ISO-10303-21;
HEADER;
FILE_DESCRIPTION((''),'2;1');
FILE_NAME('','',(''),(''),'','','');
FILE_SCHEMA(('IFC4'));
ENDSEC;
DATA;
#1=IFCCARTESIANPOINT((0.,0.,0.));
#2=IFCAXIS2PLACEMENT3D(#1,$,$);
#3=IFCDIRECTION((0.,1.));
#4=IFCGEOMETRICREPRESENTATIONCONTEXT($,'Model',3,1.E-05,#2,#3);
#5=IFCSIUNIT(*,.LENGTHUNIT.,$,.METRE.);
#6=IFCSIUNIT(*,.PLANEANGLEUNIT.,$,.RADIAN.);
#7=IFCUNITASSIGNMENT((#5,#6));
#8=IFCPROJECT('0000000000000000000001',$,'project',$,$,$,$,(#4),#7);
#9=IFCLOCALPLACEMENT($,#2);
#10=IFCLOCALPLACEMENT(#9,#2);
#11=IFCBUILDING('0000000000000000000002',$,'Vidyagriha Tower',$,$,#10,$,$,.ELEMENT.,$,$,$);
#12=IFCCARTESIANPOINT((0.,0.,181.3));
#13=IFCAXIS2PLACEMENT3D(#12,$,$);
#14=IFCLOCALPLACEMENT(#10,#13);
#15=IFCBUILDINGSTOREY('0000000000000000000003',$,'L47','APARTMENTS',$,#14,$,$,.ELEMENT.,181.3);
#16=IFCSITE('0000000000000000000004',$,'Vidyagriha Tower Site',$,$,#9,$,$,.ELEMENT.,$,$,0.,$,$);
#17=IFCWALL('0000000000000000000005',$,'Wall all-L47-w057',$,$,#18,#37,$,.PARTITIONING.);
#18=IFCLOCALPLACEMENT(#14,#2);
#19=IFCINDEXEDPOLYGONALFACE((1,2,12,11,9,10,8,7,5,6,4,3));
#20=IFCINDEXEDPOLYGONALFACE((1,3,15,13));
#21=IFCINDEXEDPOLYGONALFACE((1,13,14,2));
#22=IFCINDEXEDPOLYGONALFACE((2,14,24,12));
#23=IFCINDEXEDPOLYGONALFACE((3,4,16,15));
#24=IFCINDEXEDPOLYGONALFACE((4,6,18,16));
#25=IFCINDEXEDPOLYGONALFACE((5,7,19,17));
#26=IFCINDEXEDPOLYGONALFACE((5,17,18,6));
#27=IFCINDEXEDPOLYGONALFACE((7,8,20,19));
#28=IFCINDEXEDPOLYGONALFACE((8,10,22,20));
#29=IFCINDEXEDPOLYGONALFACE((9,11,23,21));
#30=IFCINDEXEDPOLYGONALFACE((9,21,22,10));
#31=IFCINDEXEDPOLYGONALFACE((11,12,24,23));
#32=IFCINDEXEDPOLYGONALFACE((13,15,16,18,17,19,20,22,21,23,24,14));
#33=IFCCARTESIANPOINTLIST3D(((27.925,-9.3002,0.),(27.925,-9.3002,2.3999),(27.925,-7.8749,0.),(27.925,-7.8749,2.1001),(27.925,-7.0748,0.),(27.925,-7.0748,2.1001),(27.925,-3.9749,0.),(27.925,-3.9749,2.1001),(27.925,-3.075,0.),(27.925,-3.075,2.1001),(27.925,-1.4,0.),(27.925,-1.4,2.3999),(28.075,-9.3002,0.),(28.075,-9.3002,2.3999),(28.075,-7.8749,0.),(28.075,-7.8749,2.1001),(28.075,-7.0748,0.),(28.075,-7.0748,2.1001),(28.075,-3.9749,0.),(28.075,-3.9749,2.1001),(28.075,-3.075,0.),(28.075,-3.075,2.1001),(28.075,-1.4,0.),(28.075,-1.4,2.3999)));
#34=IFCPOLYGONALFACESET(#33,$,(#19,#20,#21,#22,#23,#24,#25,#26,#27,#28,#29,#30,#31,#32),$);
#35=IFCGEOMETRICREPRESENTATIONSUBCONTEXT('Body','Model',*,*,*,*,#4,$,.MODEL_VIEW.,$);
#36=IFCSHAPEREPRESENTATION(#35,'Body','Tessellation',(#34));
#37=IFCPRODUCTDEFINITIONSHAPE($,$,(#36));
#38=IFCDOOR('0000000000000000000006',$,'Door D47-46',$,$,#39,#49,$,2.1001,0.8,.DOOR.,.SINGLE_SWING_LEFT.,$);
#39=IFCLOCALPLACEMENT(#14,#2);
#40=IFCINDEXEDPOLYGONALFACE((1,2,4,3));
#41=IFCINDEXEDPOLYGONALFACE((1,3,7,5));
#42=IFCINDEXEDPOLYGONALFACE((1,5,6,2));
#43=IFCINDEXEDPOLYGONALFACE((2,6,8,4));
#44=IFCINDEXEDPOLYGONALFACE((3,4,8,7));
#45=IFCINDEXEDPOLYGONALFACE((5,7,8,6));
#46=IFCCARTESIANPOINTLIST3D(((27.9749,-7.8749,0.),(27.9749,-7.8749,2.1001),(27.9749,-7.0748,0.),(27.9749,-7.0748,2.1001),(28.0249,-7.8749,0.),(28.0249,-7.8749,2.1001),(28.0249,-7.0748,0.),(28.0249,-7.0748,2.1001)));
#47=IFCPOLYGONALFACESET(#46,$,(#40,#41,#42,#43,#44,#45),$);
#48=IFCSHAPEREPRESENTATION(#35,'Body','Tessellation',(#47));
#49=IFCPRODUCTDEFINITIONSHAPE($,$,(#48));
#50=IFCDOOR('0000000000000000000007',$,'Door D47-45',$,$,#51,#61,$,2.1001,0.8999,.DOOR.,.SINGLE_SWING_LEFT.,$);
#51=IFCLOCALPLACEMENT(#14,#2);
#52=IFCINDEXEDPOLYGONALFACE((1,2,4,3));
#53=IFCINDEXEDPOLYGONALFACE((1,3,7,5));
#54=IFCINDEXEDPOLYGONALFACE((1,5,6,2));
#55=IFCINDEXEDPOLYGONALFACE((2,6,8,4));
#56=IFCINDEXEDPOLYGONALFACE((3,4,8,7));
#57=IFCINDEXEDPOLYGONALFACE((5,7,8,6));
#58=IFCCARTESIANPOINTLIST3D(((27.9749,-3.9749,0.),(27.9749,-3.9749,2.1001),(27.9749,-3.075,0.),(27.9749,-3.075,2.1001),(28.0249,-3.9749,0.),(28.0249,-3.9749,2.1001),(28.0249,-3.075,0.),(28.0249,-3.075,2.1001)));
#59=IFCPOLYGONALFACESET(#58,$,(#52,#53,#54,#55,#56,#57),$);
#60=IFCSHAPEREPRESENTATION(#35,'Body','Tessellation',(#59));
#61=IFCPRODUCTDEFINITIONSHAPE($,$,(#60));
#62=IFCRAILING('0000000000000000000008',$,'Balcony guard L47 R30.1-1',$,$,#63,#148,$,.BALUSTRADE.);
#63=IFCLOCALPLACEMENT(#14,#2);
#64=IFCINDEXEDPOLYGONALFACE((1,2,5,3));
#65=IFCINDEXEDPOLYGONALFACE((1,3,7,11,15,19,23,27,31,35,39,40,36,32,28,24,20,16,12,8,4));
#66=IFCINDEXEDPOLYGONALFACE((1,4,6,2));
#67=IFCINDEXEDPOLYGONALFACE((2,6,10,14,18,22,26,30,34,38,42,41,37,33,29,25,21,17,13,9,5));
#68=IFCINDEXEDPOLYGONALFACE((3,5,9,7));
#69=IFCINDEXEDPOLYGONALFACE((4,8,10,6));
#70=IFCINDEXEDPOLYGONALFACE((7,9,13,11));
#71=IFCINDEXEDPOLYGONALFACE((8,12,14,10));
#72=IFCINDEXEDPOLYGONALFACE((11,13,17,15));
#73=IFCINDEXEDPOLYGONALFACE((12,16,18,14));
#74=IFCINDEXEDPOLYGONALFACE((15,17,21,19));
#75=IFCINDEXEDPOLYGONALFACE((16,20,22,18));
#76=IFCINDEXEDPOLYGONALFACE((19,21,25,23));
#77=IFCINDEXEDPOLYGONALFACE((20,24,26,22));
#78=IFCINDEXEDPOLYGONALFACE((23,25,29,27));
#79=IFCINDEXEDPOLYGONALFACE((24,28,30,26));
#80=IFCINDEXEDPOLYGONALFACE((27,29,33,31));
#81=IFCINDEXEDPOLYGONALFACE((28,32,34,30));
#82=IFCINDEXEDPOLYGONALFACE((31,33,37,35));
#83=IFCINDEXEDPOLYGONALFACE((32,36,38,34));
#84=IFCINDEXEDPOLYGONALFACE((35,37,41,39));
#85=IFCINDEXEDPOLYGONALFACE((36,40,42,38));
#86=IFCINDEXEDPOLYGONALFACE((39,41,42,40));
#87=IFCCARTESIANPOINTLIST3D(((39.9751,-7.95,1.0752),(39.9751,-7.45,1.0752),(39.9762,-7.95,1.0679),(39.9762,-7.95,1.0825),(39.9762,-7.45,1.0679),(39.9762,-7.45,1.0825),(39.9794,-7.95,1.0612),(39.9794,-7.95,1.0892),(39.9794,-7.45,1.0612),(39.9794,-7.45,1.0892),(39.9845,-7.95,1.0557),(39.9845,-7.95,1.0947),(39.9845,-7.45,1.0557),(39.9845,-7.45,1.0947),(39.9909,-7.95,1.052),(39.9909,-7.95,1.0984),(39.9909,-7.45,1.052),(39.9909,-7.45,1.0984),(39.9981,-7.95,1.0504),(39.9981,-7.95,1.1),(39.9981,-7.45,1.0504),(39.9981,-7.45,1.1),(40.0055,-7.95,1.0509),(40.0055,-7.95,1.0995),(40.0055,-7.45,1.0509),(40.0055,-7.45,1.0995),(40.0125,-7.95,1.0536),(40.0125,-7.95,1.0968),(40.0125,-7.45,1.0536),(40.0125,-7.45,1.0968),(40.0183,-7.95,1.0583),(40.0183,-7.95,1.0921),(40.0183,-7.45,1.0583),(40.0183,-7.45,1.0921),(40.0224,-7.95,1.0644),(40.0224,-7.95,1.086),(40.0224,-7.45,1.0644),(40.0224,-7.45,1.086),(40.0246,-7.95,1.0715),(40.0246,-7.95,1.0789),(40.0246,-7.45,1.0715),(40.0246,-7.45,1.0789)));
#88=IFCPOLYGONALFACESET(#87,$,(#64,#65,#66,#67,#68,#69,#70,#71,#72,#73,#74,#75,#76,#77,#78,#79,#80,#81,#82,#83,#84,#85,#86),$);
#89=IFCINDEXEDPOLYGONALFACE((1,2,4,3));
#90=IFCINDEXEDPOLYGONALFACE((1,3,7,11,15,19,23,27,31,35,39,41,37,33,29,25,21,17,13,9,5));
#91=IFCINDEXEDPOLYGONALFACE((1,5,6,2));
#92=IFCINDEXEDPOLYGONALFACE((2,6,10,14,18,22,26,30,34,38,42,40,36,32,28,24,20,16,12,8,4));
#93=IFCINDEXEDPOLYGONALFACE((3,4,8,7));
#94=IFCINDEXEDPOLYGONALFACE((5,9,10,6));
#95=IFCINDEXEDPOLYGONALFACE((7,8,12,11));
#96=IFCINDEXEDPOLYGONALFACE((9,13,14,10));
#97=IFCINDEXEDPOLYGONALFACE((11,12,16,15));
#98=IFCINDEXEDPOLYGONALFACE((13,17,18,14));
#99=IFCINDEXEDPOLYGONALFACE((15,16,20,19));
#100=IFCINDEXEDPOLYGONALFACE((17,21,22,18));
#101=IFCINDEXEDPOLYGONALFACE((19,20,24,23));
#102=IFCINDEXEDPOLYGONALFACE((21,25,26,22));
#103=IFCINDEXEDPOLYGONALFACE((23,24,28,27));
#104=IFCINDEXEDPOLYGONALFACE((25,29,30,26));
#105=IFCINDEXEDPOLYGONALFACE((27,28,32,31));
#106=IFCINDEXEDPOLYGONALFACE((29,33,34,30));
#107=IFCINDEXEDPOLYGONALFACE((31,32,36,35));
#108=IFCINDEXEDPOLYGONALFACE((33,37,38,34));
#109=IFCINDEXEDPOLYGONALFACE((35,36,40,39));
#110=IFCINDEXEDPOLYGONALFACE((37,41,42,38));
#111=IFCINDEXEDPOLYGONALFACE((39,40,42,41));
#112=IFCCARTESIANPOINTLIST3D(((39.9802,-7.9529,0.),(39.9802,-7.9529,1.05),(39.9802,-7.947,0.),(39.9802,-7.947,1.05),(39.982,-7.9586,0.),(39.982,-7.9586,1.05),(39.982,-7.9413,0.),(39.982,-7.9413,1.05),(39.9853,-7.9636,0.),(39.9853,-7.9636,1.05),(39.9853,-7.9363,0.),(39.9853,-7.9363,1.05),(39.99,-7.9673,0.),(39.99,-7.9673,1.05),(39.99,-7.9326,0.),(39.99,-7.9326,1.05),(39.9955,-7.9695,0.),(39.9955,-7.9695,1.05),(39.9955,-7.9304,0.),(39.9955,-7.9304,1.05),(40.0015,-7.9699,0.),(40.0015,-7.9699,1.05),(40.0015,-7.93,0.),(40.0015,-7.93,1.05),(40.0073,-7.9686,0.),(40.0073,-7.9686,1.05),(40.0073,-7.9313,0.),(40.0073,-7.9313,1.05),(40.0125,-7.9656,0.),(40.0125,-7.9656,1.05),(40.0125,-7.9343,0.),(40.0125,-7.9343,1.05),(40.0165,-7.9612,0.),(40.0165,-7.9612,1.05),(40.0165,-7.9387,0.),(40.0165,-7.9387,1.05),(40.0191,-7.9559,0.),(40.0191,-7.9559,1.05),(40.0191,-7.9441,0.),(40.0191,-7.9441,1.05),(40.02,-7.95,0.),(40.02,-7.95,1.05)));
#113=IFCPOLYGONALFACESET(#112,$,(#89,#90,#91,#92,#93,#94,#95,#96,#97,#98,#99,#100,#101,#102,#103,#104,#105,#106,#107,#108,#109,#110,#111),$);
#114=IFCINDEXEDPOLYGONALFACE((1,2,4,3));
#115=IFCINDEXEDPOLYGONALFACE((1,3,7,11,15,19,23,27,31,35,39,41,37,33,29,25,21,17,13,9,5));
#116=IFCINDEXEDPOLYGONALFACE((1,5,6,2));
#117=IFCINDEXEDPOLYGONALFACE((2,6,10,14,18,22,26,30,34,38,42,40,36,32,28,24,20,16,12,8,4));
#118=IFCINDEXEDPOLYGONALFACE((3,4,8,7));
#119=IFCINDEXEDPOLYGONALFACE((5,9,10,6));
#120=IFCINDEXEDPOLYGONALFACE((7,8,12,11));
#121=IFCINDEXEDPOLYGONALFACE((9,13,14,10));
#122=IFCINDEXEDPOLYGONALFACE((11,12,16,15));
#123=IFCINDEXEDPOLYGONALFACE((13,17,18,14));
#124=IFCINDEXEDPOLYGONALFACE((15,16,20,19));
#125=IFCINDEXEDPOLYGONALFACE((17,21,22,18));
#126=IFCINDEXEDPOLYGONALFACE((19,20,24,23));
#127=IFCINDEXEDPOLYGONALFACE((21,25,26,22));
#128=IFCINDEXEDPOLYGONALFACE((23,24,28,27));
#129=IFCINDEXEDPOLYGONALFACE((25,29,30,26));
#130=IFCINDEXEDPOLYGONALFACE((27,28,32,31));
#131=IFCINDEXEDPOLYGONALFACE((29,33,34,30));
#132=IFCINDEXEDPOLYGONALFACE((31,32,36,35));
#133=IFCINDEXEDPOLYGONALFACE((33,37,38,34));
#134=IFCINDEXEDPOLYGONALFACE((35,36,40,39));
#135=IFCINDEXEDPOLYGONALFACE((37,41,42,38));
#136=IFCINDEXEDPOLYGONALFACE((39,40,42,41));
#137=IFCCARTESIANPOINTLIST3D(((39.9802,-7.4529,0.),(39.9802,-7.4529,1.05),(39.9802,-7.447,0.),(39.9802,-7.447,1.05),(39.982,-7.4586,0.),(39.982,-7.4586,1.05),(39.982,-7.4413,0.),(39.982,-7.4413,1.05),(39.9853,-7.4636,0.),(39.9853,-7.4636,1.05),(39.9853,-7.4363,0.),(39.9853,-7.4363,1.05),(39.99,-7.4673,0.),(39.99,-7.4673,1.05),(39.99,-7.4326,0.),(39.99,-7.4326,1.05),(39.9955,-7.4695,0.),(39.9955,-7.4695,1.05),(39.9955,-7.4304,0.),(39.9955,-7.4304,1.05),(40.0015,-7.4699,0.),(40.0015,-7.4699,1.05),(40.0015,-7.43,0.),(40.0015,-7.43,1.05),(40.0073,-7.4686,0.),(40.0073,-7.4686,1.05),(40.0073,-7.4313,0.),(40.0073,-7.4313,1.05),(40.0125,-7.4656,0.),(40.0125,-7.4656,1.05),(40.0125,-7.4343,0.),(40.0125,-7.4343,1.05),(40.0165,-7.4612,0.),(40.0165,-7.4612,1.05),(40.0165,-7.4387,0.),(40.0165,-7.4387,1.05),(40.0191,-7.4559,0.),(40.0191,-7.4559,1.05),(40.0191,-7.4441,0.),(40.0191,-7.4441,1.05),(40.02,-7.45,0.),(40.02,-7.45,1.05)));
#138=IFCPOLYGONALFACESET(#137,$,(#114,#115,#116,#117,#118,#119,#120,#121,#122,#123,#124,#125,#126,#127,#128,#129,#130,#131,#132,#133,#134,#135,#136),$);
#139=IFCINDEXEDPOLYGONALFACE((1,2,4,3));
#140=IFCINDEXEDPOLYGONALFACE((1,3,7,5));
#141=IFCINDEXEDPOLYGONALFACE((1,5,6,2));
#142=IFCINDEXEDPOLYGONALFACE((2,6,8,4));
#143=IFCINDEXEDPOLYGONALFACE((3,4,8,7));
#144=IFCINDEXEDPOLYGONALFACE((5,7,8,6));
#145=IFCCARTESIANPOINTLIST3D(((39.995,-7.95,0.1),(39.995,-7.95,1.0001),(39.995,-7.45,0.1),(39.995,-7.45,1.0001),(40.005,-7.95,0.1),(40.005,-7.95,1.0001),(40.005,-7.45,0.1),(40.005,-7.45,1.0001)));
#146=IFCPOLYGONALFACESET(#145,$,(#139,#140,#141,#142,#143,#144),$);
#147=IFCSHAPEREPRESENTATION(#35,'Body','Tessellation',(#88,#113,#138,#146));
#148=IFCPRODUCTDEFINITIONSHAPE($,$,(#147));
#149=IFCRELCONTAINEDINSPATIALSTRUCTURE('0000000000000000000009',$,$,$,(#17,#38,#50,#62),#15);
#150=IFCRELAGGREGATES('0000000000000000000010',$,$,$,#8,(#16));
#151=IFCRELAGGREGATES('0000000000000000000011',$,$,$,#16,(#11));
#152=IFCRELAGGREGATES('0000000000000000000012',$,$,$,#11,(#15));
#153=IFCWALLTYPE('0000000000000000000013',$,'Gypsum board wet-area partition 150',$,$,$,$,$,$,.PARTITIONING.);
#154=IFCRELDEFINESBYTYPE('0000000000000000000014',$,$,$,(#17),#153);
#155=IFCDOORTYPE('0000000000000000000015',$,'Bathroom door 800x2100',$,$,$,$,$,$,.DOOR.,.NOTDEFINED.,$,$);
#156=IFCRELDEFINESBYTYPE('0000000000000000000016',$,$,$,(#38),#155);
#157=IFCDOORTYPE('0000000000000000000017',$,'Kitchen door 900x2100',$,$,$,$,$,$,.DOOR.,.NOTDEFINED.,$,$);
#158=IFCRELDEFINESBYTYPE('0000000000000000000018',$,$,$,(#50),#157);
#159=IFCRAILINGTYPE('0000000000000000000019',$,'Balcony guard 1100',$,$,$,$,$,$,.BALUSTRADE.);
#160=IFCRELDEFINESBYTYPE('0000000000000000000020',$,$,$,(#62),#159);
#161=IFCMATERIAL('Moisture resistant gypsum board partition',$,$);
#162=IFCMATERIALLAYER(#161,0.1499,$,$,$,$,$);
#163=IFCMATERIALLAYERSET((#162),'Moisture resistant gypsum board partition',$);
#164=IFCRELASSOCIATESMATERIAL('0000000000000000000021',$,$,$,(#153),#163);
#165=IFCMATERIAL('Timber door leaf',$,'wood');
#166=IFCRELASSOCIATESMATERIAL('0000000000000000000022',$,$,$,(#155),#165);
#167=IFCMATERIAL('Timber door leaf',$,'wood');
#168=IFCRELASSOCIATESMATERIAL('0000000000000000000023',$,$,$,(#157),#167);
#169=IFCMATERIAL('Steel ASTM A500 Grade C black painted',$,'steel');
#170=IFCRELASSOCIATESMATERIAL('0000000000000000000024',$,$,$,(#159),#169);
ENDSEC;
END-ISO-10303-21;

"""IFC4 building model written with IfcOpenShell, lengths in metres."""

from ifc_helpers import new_model, si_unit, direction, frame, frame_2d, origin, origin_2d, place, context, subcontext, project, spatial, rectangle, circle, extrude, material, layer, layer_set, type_object, element, fill, save


model = new_model("IFC4")

# Units and contexts
model_context = context("Model", 3, precision=1e-05, world=origin(), true_north=direction((0.0, 1.0)))
body_context = subcontext(model_context, "Body", "Model", "MODEL_VIEW")
ifc_project = project(units=[si_unit("LENGTHUNIT", "METRE"), si_unit("PLANEANGLEUNIT", "RADIAN")], contexts=[model_context])

# Site, building, storey
site_placement = place(None, origin())
site = spatial("IfcSite", under=ifc_project, at=site_placement, Name="Vidyagriha Tower Site", CompositionType="ELEMENT", RefElevation=0.0)
building_placement = place(site_placement, origin())
building = spatial("IfcBuilding", under=site, at=building_placement, Name="Vidyagriha Tower", CompositionType="ELEMENT")
storey_placement = place(building_placement, frame((0.0, 0.0, 181.3)))
storey = spatial("IfcBuildingStorey", under=building, at=storey_placement, Name="L47", Description="APARTMENTS", CompositionType="ELEMENT", Elevation=181.3)

# Wall, openings, doors
ifc_material_1 = material(Name="Moisture resistant gypsum board partition")
ifc_layer_1 = layer(ifc_material_1, 0.1499)
ifc_layer_set_1 = layer_set([ifc_layer_1], Name="Moisture resistant gypsum board partition")
wall_type_1 = type_object("IfcWallType", Name="Gypsum board wet-area partition 150", PredefinedType="PARTITIONING", material=ifc_layer_set_1)
wall_1_placement = place(storey_placement, frame((28.0, -1.3999, 0.0), z_axis=(0.0, 0.0, 1.0), x_axis=(0.0, -1.0, 0.0)))
wall_1 = element("IfcWall", 1, at=wall_1_placement, inside=storey, type_object=wall_type_1, Name="Wall all-L47-w057", PredefinedType="PARTITIONING", context=body_context, shape_type="SweptSolid", body=[
    extrude(rectangle(XDim=7.9001, YDim=0.1499, at=frame_2d((3.9502, 0.0))), origin(), (0.0, 0.0, 1.0), 2.3999),
])
opening_1_placement = place(wall_1_placement, frame((1.675, 0.0, 0.0)))
opening_1 = element("IfcOpeningElement", 2, at=opening_1_placement, cuts=wall_1, PredefinedType="OPENING", context=body_context, shape_type="SweptSolid", body=[
    extrude(rectangle(XDim=0.8999, YDim=2.1001, at=frame_2d((0.45, 1.05))), frame((0.0, 0.085, 0.0), z_axis=(0.0, -1.0, 0.0), x_axis=(1.0, 0.0, 0.0)), (0.0, 0.0, 1.0), 0.1699),
])
opening_2_placement = place(wall_1_placement, frame((5.675, 0.0, 0.0)))
opening_2 = element("IfcOpeningElement", 3, at=opening_2_placement, cuts=wall_1, PredefinedType="OPENING", context=body_context, shape_type="SweptSolid", body=[
    extrude(rectangle(XDim=0.8, YDim=2.1001, at=frame_2d((0.3999, 1.05))), frame((0.0, 0.085, 0.0), z_axis=(0.0, -1.0, 0.0), x_axis=(1.0, 0.0, 0.0)), (0.0, 0.0, 1.0), 0.1699),
])
ifc_material_2 = material(Name="Timber door leaf", Category="wood")
door_type_1 = type_object("IfcDoorType", Name="Bathroom door 800x2100", OperationType="NOTDEFINED", PredefinedType="DOOR", material=ifc_material_2)
door_1_placement = place(opening_2_placement, origin())
door_1 = element("IfcDoor", 4, at=door_1_placement, inside=storey, type_object=door_type_1, Name="Door D47-46", OperationType="SINGLE_SWING_LEFT", OverallHeight=2.1001, OverallWidth=0.8, PredefinedType="DOOR", context=body_context, shape_type="SweptSolid", body=[
    extrude(rectangle(XDim=0.8, YDim=2.1001, at=frame_2d((0.3999, 1.05))), frame((0.0, 0.0249, 0.0), z_axis=(0.0, -1.0, 0.0), x_axis=(1.0, 0.0, 0.0)), (0.0, 0.0, 1.0), 0.05),
])
fill(opening_2, door_1)
ifc_material_3 = material(Name="Timber door leaf", Category="wood")
door_type_2 = type_object("IfcDoorType", Name="Kitchen door 900x2100", OperationType="NOTDEFINED", PredefinedType="DOOR", material=ifc_material_3)
door_2_placement = place(opening_1_placement, origin())
door_2 = element("IfcDoor", 5, at=door_2_placement, inside=storey, type_object=door_type_2, Name="Door D47-45", OperationType="SINGLE_SWING_LEFT", OverallHeight=2.1001, OverallWidth=0.8999, PredefinedType="DOOR", context=body_context, shape_type="SweptSolid", body=[
    extrude(rectangle(XDim=0.8999, YDim=2.1001, at=frame_2d((0.45, 1.05))), frame((0.0, 0.0249, 0.0), z_axis=(0.0, -1.0, 0.0), x_axis=(1.0, 0.0, 0.0)), (0.0, 0.0, 1.0), 0.05),
])
fill(opening_1, door_2)

# Railing
ifc_material_4 = material(Name="Steel ASTM A500 Grade C black painted", Category="steel")
railing_type = type_object("IfcRailingType", Name="Balcony guard 1100", PredefinedType="BALUSTRADE", material=ifc_material_4)
railing_1_placement = place(storey_placement, frame((40.0, -7.95, 0.0)))
element("IfcRailing", 6, at=railing_1_placement, inside=storey, type_object=railing_type, Name="Balcony guard L47 R30.1-1", PredefinedType="BALUSTRADE", context=body_context, shape_type="SweptSolid", body=[
    extrude(circle(Radius=0.0249, at=origin_2d()), frame((0.0, 0.0, 1.0752), z_axis=(0.0, 1.0, 0.0), x_axis=(-1.0, 0.0, 0.0)), (0.0, 0.0, 1.0), 0.5),
    extrude(circle(Radius=0.02, at=origin_2d()), origin(), (0.0, 0.0, 1.0), 1.05),
    extrude(circle(Radius=0.02, at=origin_2d()), frame((0.0, 0.5, 0.0)), (0.0, 0.0, 1.0), 1.05),
    extrude(rectangle(XDim=0.01, YDim=0.9001, at=origin_2d()), frame((0.0, 0.0, 0.55), z_axis=(0.0, 1.0, 0.0), x_axis=(-1.0, 0.0, 0.0)), (0.0, 0.0, 1.0), 0.5),
])

save(model, "model.ifc")
